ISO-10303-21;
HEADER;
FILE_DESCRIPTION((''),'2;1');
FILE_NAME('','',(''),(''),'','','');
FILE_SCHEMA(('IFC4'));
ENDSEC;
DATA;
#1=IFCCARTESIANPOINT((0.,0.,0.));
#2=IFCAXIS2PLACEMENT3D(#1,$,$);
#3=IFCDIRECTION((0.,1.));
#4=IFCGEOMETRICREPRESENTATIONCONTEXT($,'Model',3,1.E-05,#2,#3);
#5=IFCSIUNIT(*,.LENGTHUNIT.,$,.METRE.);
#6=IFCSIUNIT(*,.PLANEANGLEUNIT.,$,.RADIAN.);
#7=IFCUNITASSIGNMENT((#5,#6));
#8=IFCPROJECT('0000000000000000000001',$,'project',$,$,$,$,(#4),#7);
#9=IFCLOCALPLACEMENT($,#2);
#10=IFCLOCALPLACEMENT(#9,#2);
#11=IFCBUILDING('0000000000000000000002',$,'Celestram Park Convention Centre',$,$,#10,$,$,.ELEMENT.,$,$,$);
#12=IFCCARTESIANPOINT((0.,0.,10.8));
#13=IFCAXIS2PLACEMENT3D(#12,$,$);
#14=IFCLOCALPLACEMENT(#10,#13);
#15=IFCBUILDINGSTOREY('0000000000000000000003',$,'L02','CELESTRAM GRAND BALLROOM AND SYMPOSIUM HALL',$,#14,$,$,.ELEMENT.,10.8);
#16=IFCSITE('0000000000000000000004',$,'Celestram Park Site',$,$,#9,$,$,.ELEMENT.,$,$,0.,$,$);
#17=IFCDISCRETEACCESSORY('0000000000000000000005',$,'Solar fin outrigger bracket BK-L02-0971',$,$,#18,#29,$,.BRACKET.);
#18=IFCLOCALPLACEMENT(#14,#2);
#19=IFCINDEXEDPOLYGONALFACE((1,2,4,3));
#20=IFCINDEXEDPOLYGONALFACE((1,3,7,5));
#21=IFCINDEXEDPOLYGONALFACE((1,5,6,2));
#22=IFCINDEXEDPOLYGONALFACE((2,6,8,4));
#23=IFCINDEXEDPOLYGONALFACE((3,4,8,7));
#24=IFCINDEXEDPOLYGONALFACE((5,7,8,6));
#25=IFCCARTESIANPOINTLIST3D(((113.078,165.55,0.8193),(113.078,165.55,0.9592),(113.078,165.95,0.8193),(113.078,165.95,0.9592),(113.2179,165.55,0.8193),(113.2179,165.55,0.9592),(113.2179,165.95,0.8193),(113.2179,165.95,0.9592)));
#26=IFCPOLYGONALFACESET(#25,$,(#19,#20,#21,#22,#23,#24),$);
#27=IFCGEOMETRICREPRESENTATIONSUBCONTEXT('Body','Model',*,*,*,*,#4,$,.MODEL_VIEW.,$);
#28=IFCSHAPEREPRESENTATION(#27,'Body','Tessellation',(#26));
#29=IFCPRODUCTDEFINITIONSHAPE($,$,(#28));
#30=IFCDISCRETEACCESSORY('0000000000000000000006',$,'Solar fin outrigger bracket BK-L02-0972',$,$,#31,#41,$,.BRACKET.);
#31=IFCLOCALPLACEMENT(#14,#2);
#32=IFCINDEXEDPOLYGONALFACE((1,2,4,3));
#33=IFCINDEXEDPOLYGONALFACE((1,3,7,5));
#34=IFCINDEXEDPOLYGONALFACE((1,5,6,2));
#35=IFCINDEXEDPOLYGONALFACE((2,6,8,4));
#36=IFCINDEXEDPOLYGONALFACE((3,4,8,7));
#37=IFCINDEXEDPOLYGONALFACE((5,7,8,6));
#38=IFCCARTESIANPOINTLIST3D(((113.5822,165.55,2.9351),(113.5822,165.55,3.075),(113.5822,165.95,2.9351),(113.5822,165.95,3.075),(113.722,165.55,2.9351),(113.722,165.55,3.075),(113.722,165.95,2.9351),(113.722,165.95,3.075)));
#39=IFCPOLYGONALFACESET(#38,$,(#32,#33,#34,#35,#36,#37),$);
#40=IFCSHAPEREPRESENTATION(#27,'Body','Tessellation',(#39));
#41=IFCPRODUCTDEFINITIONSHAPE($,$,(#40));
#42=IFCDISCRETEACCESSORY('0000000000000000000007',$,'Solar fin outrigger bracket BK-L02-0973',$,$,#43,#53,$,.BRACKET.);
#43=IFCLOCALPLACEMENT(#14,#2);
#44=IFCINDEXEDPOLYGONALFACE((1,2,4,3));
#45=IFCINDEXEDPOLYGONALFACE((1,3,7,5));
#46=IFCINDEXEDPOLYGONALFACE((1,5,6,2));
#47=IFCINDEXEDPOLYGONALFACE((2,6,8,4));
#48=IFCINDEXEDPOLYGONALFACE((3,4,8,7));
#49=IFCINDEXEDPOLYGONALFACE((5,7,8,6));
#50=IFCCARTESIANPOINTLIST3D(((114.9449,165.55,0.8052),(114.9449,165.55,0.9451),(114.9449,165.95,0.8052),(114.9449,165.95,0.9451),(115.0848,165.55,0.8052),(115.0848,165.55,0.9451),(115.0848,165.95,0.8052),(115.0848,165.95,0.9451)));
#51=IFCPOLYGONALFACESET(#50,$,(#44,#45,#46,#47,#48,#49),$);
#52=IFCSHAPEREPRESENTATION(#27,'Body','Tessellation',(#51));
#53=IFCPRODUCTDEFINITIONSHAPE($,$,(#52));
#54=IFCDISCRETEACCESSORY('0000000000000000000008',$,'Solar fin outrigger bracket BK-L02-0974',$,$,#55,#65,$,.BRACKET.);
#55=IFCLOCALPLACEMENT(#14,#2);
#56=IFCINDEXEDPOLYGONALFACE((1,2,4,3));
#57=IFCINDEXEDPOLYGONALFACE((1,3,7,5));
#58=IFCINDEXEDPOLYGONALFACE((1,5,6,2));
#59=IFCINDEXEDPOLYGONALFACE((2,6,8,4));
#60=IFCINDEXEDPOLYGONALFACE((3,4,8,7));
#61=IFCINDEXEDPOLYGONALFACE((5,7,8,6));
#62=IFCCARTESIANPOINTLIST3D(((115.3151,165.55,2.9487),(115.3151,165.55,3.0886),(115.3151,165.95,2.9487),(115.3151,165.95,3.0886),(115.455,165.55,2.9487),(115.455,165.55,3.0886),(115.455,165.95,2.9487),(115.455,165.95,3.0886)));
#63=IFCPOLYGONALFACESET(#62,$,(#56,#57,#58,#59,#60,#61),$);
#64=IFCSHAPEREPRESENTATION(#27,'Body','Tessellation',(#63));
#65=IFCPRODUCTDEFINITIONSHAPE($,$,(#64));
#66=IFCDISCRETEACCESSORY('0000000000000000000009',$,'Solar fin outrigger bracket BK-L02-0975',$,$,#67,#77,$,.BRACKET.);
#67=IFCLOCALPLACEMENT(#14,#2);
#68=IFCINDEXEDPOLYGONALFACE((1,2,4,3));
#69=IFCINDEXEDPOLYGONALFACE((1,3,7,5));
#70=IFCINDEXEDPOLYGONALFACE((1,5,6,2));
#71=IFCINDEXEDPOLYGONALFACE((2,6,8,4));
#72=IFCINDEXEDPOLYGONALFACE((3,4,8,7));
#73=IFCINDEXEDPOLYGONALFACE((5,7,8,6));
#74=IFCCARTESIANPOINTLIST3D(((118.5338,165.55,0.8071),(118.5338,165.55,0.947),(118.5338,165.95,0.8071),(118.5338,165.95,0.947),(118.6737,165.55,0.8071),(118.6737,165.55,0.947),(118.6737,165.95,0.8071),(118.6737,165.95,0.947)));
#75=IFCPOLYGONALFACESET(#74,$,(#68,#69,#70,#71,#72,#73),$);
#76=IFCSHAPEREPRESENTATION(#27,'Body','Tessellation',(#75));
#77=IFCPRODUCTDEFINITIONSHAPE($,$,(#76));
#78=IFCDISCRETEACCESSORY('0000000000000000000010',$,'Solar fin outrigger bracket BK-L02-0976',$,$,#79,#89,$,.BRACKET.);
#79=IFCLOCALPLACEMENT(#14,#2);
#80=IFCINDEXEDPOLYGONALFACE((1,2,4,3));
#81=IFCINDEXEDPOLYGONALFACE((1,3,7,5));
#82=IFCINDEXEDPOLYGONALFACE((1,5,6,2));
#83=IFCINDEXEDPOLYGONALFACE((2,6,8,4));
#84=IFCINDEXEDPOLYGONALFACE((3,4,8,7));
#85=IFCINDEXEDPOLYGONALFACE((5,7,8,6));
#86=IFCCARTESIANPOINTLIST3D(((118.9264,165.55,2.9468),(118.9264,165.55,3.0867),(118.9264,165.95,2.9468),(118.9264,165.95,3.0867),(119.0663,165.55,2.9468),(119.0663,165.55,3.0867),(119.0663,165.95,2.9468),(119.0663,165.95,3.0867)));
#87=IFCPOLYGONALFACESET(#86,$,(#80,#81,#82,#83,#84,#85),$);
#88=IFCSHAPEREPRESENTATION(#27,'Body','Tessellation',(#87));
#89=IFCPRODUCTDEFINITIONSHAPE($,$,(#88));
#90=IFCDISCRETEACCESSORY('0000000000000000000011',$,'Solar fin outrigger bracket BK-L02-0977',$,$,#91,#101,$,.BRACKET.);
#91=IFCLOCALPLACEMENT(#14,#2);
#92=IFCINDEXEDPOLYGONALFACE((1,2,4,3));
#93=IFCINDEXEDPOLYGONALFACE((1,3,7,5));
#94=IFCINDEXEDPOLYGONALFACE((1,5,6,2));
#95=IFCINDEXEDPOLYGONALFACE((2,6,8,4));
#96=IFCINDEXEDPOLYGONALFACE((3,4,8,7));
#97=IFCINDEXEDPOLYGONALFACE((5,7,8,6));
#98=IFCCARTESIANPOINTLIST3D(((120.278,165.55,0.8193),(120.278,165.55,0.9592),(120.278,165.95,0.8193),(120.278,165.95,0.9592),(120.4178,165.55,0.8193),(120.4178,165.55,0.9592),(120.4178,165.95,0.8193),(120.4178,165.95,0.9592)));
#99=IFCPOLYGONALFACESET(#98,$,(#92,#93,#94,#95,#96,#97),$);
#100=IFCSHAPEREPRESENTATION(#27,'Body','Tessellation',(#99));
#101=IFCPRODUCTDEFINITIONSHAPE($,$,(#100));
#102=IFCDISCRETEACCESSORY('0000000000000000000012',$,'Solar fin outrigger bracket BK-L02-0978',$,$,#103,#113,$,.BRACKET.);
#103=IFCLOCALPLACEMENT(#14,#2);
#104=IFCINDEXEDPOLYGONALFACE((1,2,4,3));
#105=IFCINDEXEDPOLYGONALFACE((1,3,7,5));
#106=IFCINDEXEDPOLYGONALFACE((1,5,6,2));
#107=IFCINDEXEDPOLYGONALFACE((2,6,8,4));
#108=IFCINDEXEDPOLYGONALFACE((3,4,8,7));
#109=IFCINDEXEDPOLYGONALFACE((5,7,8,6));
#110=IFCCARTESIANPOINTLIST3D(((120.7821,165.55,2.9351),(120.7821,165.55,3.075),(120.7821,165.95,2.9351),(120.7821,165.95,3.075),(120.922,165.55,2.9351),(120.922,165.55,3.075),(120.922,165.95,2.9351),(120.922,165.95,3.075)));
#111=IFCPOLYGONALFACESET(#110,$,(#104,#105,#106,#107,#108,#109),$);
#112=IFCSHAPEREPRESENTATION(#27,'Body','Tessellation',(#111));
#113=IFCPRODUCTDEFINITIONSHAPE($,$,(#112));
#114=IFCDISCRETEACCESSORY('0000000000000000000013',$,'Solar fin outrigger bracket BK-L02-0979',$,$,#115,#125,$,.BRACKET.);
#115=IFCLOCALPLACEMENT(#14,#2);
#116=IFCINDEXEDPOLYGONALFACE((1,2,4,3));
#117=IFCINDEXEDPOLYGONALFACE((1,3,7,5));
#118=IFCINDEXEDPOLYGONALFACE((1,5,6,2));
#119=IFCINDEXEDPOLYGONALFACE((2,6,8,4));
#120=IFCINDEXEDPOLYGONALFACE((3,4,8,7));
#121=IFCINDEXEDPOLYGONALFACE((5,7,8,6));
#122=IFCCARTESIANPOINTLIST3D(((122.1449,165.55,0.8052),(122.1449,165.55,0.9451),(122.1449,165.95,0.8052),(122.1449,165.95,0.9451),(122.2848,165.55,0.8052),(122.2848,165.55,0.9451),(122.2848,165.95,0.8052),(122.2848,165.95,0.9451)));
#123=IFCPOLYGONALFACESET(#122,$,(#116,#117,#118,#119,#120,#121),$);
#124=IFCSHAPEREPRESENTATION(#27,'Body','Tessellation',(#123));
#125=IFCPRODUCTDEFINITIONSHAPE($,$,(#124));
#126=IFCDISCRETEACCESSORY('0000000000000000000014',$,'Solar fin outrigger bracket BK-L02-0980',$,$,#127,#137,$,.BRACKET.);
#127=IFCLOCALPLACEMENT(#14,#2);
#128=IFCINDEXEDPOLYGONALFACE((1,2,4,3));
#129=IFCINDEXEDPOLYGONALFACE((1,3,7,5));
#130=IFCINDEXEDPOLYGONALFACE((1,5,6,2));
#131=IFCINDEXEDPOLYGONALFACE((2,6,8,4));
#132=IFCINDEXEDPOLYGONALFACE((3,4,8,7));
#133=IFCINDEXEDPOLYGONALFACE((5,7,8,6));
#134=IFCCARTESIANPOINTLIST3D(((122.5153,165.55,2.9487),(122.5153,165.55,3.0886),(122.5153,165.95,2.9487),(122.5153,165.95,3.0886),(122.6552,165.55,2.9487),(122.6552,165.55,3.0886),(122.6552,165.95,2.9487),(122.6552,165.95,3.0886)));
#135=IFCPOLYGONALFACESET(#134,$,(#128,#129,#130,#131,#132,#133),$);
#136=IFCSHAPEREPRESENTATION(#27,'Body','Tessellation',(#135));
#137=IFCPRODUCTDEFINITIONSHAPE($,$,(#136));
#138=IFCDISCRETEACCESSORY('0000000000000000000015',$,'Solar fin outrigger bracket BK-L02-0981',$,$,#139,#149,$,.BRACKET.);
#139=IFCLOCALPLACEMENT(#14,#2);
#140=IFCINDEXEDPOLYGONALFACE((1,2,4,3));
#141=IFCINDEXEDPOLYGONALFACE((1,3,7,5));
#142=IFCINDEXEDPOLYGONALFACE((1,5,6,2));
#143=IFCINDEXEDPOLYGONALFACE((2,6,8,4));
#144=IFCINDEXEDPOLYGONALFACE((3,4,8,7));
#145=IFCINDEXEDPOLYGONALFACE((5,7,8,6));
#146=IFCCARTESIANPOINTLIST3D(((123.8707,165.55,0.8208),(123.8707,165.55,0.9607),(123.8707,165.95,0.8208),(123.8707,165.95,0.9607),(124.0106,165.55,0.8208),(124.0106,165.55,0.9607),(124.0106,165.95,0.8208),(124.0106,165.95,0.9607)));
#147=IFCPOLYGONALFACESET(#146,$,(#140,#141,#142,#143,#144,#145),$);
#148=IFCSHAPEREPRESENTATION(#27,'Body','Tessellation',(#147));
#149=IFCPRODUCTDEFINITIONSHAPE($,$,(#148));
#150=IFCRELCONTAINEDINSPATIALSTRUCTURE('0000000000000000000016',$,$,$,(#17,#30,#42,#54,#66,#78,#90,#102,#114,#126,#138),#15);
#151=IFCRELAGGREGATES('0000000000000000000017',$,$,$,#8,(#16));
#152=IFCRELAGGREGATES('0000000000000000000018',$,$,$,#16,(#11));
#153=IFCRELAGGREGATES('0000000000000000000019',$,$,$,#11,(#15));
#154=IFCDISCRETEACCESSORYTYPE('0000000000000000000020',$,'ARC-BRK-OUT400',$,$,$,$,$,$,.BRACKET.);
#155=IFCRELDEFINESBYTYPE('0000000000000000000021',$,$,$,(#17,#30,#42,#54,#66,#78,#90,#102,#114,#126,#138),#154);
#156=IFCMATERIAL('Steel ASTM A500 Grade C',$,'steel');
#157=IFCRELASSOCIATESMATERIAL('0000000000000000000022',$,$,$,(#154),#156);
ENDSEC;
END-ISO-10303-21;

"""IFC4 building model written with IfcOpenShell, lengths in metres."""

from ifc_helpers import new_model, si_unit, direction, frame, origin, origin_2d, place, context, subcontext, project, spatial, rectangle, extrude, material, type_object, element, save


model = new_model("IFC4")

# Units and contexts
model_context = context("Model", 3, precision=1e-05, world=origin(), true_north=direction((0.0, 1.0)))
body_context = subcontext(model_context, "Body", "Model", "MODEL_VIEW")
ifc_project = project(units=[si_unit("LENGTHUNIT", "METRE"), si_unit("PLANEANGLEUNIT", "RADIAN")], contexts=[model_context])

# Site, building, storey
site_placement = place(None, origin())
site = spatial("IfcSite", under=ifc_project, at=site_placement, Name="Celestram Park Site", CompositionType="ELEMENT", RefElevation=0.0)
building_placement = place(site_placement, origin())
building = spatial("IfcBuilding", under=site, at=building_placement, Name="Celestram Park Convention Centre", CompositionType="ELEMENT")
storey_placement = place(building_placement, frame((0.0, 0.0, 10.8)))
storey = spatial("IfcBuildingStorey", under=building, at=storey_placement, Name="L02", Description="CELESTRAM GRAND BALLROOM AND SYMPOSIUM HALL", CompositionType="ELEMENT", Elevation=10.8)

# Discrete accessories
ifc_material_1 = material(Name="Steel ASTM A500 Grade C", Category="steel")
discrete_accessory_type = type_object("IfcDiscreteAccessoryType", Name="ARC-BRK-OUT400", PredefinedType="BRACKET", material=ifc_material_1)
for number, where, z_axis, x_axis, name in (
    (1, (113.1479, 165.75, 0.8193), (0.0, 0.0, 1.0), (0.0, 1.0, 0.0), "Solar fin outrigger bracket BK-L02-0971"),
    (2, (113.6521, 165.75, 2.9351), (0.0, 0.0, 1.0), (0.0, 1.0, 0.0), "Solar fin outrigger bracket BK-L02-0972"),
    (3, (115.0149, 165.75, 0.8052), (0.0, 0.0, 1.0), (0.0, 1.0, 0.0), "Solar fin outrigger bracket BK-L02-0973"),
    (4, (115.385, 165.75, 2.9487), (0.0, 0.0, 1.0), (0.0, 1.0, 0.0), "Solar fin outrigger bracket BK-L02-0974"),
    (5, (118.6038, 165.75, 0.8071), (0.0, 0.0, 1.0), (0.0, 1.0, 0.0), "Solar fin outrigger bracket BK-L02-0975"),
    (6, (118.9963, 165.75, 2.9468), (0.0, 0.0, 1.0), (0.0, 1.0, 0.0), "Solar fin outrigger bracket BK-L02-0976"),
    (7, (120.3479, 165.75, 0.8193), (0.0, 0.0, 1.0), (0.0, 1.0, 0.0), "Solar fin outrigger bracket BK-L02-0977"),
    (8, (120.8521, 165.75, 2.9351), (0.0, 0.0, 1.0), (0.0, 1.0, 0.0), "Solar fin outrigger bracket BK-L02-0978"),
    (9, (122.2148, 165.75, 0.8052), (0.0, 0.0, 1.0), (0.0, 1.0, 0.0), "Solar fin outrigger bracket BK-L02-0979"),
    (10, (122.5852, 165.75, 2.9487), (0.0, 0.0, 1.0), (0.0, 1.0, 0.0), "Solar fin outrigger bracket BK-L02-0980"),
    (11, (123.9407, 165.75, 0.8208), (0.0, 0.0, 1.0), (0.0, 1.0, 0.0), "Solar fin outrigger bracket BK-L02-0981"),
):
    element("IfcDiscreteAccessory", number, at=place(storey_placement, frame(where, z_axis=z_axis, x_axis=x_axis)), inside=storey, type_object=discrete_accessory_type, Name=name, PredefinedType="BRACKET", context=body_context, shape_type="SweptSolid", body=[
        extrude(rectangle(XDim=0.3999, YDim=0.1399, at=origin_2d()), origin(), (0.0, 0.0, 1.0), 0.1399),
    ])

save(model, "model.ifc")
